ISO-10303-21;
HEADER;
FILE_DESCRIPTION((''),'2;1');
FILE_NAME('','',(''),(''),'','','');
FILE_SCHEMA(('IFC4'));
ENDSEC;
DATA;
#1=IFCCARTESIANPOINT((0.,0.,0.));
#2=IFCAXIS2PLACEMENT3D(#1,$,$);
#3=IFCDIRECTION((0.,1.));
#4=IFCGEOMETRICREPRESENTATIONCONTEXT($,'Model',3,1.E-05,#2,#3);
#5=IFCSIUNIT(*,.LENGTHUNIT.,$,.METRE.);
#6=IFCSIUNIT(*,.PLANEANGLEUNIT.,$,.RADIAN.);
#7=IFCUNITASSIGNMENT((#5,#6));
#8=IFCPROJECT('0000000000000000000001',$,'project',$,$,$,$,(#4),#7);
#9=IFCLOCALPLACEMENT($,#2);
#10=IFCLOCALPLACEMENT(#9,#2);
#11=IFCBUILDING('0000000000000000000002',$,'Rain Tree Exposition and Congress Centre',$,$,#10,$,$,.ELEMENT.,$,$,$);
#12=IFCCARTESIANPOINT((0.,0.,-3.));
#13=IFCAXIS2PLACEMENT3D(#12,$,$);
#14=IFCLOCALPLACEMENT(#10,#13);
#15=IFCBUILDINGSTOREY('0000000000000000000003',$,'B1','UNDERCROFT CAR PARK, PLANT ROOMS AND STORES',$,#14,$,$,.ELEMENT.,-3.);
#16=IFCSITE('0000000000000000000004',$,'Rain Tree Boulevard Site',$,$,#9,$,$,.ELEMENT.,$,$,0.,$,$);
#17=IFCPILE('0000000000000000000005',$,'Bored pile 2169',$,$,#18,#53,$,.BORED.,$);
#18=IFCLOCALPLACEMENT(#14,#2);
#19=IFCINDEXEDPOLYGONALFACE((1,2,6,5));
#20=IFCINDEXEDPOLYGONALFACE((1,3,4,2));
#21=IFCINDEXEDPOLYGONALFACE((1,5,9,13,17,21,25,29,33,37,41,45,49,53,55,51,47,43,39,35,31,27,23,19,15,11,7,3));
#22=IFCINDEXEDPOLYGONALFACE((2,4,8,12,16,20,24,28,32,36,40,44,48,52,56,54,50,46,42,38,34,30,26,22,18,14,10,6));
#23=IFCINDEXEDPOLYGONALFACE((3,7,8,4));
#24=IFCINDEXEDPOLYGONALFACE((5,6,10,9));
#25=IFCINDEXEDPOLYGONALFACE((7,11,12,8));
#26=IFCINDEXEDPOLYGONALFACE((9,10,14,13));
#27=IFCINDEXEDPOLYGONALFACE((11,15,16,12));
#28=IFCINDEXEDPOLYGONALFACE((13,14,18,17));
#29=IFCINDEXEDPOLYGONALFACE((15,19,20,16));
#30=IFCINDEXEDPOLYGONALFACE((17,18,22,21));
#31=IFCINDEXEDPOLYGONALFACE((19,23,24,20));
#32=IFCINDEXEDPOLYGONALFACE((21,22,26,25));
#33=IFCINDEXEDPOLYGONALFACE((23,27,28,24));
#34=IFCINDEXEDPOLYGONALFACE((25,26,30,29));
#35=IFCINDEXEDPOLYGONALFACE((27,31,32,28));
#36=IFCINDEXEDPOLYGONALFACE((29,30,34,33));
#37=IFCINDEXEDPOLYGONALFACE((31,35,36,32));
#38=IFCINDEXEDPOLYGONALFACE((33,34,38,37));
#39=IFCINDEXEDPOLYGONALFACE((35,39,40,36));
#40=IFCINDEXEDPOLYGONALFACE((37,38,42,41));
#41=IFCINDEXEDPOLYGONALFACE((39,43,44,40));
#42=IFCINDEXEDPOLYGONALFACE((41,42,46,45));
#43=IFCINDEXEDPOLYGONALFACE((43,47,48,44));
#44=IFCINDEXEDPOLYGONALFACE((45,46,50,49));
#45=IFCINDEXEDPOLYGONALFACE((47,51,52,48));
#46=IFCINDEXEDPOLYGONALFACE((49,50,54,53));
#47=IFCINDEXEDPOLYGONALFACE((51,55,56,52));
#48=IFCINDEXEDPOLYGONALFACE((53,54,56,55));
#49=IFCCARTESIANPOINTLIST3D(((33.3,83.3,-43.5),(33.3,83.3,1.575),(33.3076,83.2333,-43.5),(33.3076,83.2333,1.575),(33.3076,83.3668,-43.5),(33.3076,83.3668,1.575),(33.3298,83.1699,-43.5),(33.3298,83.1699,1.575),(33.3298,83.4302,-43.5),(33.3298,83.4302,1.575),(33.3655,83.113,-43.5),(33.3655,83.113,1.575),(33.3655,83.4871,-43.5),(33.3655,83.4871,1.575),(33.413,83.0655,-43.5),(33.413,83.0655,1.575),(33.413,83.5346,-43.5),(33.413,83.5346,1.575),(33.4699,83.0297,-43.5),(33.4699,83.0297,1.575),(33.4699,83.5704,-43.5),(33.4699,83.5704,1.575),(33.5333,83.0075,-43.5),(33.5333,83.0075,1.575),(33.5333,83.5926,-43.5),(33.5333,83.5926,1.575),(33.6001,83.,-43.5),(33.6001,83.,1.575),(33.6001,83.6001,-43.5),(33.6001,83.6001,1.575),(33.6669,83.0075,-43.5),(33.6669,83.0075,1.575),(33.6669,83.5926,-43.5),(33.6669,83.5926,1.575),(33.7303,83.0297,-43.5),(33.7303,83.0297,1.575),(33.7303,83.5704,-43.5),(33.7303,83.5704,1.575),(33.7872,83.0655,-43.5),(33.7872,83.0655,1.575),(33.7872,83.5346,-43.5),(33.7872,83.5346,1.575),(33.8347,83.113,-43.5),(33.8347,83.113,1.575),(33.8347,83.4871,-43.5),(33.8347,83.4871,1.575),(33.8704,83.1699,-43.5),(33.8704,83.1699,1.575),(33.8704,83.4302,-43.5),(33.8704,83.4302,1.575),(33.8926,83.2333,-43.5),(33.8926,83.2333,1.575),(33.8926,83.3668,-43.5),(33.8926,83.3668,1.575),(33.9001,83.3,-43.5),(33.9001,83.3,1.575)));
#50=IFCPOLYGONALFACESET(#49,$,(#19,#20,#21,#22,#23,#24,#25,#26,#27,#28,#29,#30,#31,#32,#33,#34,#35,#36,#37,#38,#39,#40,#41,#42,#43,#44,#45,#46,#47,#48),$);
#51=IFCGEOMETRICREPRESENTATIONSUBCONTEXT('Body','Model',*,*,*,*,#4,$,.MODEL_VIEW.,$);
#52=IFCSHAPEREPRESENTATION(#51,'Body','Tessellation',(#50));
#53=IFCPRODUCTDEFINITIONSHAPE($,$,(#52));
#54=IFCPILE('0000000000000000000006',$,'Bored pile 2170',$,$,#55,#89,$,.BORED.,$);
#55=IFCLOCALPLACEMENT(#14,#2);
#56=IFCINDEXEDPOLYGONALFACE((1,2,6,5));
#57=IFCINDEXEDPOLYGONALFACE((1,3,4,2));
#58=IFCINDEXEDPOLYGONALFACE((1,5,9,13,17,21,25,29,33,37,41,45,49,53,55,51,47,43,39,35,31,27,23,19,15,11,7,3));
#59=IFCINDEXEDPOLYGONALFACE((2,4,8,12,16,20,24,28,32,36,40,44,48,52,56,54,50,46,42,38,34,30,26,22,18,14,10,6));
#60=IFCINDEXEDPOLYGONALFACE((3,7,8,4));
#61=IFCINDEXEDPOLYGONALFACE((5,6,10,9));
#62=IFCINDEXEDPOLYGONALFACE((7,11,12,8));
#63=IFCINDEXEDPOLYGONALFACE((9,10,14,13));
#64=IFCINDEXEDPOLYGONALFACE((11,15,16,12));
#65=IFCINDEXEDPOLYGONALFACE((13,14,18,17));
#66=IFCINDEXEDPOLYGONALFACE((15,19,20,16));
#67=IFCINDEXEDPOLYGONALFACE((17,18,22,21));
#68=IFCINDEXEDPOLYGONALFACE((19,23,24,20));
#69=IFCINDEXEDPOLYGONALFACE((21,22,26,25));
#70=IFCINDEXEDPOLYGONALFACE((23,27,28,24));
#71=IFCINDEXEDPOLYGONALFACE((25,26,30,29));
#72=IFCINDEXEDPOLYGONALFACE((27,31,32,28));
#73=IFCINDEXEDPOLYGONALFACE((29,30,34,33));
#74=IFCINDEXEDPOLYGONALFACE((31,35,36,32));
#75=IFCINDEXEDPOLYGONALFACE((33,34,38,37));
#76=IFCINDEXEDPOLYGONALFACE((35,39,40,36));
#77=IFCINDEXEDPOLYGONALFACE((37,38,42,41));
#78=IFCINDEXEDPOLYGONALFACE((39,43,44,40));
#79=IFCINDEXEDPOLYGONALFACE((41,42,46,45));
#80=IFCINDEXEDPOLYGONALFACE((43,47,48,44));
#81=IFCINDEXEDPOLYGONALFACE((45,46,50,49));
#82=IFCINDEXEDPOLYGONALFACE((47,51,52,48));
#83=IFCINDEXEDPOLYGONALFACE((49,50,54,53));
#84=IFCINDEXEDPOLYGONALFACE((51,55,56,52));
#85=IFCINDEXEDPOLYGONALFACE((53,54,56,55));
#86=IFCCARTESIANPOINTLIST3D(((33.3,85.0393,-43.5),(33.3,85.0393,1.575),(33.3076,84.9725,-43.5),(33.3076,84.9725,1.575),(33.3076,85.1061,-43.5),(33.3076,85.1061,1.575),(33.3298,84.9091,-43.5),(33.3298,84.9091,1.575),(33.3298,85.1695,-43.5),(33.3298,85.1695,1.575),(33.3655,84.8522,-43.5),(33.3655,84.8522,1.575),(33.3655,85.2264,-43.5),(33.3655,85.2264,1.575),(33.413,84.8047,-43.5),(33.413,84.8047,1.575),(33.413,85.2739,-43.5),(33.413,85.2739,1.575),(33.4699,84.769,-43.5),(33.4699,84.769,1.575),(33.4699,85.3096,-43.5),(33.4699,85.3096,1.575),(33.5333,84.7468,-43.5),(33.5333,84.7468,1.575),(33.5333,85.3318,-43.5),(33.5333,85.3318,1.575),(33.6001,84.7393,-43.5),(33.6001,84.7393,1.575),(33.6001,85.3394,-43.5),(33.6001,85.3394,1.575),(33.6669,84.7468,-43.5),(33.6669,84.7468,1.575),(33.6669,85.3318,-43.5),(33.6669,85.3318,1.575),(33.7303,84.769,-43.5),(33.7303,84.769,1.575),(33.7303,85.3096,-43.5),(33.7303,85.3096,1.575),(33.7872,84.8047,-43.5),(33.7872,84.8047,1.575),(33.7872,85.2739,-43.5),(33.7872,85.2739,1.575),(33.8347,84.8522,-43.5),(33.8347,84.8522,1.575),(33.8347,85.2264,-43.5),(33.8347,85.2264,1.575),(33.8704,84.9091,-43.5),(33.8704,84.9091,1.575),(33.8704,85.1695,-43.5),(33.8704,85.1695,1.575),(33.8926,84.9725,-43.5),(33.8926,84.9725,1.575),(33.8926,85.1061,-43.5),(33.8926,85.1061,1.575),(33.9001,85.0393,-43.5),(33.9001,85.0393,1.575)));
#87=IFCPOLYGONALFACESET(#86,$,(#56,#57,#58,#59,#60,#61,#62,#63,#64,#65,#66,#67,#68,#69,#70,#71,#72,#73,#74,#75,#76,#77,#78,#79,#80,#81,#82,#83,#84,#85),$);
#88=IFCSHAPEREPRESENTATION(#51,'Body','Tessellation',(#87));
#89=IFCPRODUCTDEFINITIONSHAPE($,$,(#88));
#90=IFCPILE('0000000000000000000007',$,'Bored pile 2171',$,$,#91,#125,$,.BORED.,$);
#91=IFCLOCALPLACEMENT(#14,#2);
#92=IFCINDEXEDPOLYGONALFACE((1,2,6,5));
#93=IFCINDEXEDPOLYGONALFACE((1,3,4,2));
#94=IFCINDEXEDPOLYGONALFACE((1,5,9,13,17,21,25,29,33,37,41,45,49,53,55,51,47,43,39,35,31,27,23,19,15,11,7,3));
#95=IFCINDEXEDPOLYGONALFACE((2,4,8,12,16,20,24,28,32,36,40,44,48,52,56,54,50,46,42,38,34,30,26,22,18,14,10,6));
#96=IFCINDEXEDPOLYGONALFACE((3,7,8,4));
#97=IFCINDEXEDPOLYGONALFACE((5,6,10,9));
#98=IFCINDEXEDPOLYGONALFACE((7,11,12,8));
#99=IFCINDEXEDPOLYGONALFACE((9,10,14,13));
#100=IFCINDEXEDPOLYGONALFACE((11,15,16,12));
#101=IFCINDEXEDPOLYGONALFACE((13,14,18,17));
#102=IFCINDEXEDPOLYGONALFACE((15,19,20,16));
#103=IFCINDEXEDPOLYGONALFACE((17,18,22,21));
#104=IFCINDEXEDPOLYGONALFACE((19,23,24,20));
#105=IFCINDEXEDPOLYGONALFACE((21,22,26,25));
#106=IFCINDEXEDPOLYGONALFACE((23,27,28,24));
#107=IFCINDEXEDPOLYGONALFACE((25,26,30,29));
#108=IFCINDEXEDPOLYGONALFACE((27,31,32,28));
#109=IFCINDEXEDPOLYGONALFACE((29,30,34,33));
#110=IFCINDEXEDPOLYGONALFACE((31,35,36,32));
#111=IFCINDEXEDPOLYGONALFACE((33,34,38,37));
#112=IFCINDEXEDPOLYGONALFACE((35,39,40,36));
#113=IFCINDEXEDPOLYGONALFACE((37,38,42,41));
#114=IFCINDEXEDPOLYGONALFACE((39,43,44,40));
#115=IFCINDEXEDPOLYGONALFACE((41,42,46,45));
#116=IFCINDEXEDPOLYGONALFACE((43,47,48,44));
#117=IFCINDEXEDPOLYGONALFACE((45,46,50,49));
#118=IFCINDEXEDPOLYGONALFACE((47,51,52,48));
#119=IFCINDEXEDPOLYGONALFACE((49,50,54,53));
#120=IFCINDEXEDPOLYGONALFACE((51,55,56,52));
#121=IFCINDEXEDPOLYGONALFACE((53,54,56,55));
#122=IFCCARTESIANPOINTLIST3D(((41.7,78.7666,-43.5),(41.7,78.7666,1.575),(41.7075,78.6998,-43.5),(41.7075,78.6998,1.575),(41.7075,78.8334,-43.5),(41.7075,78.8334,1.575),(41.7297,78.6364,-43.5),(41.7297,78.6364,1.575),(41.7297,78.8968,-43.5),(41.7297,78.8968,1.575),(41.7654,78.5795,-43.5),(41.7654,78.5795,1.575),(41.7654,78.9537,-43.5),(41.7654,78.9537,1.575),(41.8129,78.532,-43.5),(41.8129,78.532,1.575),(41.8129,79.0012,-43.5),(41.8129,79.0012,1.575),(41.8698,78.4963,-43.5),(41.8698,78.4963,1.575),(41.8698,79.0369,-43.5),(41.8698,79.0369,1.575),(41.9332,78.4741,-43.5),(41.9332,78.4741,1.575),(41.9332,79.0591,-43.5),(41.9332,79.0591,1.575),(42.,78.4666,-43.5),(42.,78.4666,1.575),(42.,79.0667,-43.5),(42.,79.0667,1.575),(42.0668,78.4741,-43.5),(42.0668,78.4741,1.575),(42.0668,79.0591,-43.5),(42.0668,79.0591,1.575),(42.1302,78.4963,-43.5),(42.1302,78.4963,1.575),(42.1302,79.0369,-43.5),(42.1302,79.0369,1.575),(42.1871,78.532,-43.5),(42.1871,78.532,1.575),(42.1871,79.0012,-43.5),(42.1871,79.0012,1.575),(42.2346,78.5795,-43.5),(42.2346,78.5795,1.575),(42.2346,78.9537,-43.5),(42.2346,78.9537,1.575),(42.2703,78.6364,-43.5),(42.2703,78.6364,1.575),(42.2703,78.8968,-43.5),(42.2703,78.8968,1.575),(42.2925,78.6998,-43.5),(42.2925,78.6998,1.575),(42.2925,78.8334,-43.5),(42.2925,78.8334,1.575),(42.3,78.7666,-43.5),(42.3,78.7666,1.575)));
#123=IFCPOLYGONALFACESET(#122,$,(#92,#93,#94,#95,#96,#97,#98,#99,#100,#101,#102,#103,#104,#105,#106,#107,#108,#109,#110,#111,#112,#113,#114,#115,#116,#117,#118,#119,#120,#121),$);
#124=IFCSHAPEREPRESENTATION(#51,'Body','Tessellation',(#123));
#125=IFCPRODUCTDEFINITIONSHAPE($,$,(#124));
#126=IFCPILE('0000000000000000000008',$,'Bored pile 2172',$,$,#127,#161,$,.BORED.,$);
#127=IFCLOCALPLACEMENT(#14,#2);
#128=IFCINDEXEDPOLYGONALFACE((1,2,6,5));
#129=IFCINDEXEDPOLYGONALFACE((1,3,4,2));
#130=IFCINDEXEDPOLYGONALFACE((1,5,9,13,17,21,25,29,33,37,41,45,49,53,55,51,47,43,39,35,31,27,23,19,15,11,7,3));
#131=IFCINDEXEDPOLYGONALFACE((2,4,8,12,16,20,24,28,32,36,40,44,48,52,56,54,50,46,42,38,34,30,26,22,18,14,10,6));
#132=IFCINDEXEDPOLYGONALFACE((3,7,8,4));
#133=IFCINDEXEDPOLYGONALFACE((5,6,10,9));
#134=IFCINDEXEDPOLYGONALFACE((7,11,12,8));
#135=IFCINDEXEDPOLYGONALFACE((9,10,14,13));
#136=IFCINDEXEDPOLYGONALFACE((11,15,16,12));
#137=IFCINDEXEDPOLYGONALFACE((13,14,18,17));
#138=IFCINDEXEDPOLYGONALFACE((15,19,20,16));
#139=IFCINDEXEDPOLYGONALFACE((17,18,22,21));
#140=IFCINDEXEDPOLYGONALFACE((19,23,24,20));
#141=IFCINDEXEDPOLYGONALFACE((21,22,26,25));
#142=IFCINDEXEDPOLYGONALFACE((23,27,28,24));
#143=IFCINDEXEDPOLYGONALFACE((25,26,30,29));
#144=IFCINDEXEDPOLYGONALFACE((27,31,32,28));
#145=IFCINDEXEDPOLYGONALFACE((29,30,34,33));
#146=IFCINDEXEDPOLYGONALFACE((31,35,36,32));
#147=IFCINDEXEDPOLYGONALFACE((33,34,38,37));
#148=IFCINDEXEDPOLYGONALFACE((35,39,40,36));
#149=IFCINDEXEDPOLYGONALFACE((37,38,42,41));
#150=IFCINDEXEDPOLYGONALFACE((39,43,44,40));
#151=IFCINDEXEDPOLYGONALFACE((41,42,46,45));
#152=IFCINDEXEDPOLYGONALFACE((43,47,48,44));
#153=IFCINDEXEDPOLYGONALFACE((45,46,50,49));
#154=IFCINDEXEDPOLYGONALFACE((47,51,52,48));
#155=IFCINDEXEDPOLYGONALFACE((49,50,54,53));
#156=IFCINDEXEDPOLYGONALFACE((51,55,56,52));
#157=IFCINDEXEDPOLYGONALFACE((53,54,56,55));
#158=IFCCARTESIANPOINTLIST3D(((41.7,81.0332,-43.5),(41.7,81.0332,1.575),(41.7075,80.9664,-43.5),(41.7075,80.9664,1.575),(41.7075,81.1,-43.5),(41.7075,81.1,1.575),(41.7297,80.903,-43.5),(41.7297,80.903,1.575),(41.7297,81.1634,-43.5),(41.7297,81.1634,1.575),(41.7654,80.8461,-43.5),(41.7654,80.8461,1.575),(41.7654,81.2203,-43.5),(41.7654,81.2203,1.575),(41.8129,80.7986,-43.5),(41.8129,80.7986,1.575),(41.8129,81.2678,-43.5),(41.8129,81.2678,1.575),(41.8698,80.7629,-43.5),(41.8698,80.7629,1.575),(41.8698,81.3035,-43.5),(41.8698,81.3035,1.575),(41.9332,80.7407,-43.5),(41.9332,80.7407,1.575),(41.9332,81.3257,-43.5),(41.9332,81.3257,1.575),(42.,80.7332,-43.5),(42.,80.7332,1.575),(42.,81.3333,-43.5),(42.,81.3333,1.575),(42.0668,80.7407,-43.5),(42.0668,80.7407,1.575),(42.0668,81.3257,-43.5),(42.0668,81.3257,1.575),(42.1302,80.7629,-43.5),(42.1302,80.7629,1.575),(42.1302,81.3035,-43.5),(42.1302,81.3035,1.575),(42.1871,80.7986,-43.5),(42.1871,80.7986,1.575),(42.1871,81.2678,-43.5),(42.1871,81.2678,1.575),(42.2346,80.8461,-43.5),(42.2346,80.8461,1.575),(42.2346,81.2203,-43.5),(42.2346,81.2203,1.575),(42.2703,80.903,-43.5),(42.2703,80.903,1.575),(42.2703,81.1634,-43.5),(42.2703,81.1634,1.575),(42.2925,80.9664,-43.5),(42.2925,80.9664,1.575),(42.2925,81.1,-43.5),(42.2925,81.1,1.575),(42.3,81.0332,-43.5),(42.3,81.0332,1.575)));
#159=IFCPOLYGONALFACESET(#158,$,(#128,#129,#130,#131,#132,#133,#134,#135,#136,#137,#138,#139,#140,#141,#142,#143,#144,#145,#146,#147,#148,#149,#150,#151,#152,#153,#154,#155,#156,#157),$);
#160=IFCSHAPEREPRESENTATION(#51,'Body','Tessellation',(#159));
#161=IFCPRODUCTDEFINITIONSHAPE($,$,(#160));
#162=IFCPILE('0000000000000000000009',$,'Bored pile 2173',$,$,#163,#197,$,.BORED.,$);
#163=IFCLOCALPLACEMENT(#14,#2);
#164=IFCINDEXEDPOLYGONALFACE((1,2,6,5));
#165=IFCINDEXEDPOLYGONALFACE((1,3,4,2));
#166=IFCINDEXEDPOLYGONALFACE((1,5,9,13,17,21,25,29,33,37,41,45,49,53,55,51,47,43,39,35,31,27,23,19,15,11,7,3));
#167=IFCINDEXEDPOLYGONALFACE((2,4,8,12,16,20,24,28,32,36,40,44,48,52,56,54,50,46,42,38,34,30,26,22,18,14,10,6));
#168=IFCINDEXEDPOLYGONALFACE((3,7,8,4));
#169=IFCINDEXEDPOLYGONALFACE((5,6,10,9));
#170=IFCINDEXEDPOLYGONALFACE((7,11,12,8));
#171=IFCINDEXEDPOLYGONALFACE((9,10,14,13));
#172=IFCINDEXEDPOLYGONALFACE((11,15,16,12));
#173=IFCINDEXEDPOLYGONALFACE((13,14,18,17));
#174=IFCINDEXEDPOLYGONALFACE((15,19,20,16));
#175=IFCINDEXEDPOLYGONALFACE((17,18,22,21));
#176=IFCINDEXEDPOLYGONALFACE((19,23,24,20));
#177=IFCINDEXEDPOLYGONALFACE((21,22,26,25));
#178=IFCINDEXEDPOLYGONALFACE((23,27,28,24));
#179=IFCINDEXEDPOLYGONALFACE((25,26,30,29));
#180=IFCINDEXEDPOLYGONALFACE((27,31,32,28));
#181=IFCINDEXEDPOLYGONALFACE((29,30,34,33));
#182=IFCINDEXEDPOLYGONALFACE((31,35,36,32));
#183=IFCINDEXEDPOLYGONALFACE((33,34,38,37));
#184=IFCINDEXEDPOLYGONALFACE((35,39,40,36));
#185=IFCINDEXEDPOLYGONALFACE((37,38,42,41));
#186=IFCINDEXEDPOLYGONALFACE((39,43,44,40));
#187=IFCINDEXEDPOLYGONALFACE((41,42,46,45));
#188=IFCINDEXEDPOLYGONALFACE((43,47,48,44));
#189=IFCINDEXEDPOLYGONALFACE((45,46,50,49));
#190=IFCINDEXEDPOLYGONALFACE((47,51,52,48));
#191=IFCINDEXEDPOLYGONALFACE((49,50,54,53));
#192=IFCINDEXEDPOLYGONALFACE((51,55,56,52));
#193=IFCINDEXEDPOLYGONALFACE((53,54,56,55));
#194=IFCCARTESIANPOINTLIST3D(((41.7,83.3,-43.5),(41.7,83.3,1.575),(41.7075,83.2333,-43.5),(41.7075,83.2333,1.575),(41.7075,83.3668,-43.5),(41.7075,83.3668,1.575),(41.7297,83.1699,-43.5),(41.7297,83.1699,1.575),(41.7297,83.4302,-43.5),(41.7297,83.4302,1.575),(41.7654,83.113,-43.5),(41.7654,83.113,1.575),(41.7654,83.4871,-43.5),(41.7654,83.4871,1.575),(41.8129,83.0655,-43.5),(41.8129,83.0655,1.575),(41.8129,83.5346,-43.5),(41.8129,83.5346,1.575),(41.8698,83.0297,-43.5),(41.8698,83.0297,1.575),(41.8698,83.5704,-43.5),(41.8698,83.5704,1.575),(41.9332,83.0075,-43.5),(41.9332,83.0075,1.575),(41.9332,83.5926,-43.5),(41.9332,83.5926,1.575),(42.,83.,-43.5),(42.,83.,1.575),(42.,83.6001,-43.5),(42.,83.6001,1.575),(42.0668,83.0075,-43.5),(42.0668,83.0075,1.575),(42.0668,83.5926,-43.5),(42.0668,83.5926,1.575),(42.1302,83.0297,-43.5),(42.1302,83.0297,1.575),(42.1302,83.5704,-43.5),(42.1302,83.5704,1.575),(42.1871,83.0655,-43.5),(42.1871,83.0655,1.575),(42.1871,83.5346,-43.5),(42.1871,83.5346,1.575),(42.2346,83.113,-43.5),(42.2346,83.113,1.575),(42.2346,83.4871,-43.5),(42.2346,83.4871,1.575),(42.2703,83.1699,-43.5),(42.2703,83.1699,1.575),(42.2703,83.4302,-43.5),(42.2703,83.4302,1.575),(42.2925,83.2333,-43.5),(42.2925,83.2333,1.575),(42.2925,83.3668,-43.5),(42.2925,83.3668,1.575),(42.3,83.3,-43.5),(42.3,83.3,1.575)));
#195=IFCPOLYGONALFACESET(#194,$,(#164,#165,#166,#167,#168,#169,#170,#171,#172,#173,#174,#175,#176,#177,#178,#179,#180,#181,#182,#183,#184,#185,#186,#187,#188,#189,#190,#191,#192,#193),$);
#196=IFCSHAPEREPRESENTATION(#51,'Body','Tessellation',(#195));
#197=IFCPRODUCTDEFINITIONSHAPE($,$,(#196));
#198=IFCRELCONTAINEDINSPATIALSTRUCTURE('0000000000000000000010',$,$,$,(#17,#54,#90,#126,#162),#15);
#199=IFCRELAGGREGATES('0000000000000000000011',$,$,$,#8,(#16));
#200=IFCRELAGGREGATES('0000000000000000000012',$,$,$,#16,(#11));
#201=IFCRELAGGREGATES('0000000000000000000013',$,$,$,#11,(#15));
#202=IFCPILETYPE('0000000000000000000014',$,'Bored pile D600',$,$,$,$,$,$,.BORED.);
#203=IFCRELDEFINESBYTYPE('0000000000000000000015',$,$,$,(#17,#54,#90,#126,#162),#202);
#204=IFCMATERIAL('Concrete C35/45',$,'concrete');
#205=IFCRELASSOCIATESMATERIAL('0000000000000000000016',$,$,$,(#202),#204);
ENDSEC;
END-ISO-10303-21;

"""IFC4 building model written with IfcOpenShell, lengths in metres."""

from ifc_helpers import new_model, si_unit, direction, frame, origin, origin_2d, place, context, subcontext, project, spatial, circle, extrude, material, material_profile, profile_set, type_object, element, save


model = new_model("IFC4")

# Units and contexts
model_context = context("Model", 3, precision=1e-05, world=origin(), true_north=direction((0.0, 1.0)))
body_context = subcontext(model_context, "Body", "Model", "MODEL_VIEW")
ifc_project = project(units=[si_unit("LENGTHUNIT", "METRE"), si_unit("PLANEANGLEUNIT", "RADIAN")], contexts=[model_context])

# Site, building, storey
site_placement = place(None, origin())
site = spatial("IfcSite", under=ifc_project, at=site_placement, Name="Rain Tree Boulevard Site", CompositionType="ELEMENT", RefElevation=0.0)
building_placement = place(site_placement, origin())
building = spatial("IfcBuilding", under=site, at=building_placement, Name="Rain Tree Exposition and Congress Centre", CompositionType="ELEMENT")
storey_placement = place(building_placement, frame((0.0, 0.0, -3.0)))
storey = spatial("IfcBuildingStorey", under=building, at=storey_placement, Name="B1", Description="UNDERCROFT CAR PARK, PLANT ROOMS AND STORES", CompositionType="ELEMENT", Elevation=-3.0)

# Piles
ifc_material_1 = material(Name="Concrete C35/45", Category="concrete")
ifc_material_profile_1 = material_profile(ifc_material_1, circle(Radius=0.3, at=origin_2d()), Name="D600")
ifc_profile_set_1 = profile_set([ifc_material_profile_1], Name="Concrete C35/45")
pile_type_1 = type_object("IfcPileType", Name="Bored pile D600", PredefinedType="BORED", material=ifc_profile_set_1)
for number, where, z_axis, x_axis, name in (
    (1, (33.6001, 83.3, 1.575), (0.0, 0.0, -1.0), (1.0, 0.0, 0.0), "Bored pile 2169"),
    (2, (33.6001, 85.0393, 1.575), (0.0, 0.0, -1.0), (1.0, 0.0, 0.0), "Bored pile 2170"),
    (3, (42.0, 78.7666, 1.575), (0.0, 0.0, -1.0), (1.0, 0.0, 0.0), "Bored pile 2171"),
    (4, (42.0, 81.0332, 1.575), (0.0, 0.0, -1.0), (1.0, 0.0, 0.0), "Bored pile 2172"),
    (5, (42.0, 83.3, 1.575), (0.0, 0.0, -1.0), (1.0, 0.0, 0.0), "Bored pile 2173"),
):
    element("IfcPile", number, at=place(storey_placement, frame(where, z_axis=z_axis, x_axis=x_axis)), inside=storey, type_object=pile_type_1, Name=name, PredefinedType="BORED", context=body_context, shape_type="SweptSolid", body=[
        extrude(circle(Radius=0.3, at=origin_2d()), origin(), (0.0, 0.0, 1.0), 45.075),
    ])

save(model, "model.ifc")
